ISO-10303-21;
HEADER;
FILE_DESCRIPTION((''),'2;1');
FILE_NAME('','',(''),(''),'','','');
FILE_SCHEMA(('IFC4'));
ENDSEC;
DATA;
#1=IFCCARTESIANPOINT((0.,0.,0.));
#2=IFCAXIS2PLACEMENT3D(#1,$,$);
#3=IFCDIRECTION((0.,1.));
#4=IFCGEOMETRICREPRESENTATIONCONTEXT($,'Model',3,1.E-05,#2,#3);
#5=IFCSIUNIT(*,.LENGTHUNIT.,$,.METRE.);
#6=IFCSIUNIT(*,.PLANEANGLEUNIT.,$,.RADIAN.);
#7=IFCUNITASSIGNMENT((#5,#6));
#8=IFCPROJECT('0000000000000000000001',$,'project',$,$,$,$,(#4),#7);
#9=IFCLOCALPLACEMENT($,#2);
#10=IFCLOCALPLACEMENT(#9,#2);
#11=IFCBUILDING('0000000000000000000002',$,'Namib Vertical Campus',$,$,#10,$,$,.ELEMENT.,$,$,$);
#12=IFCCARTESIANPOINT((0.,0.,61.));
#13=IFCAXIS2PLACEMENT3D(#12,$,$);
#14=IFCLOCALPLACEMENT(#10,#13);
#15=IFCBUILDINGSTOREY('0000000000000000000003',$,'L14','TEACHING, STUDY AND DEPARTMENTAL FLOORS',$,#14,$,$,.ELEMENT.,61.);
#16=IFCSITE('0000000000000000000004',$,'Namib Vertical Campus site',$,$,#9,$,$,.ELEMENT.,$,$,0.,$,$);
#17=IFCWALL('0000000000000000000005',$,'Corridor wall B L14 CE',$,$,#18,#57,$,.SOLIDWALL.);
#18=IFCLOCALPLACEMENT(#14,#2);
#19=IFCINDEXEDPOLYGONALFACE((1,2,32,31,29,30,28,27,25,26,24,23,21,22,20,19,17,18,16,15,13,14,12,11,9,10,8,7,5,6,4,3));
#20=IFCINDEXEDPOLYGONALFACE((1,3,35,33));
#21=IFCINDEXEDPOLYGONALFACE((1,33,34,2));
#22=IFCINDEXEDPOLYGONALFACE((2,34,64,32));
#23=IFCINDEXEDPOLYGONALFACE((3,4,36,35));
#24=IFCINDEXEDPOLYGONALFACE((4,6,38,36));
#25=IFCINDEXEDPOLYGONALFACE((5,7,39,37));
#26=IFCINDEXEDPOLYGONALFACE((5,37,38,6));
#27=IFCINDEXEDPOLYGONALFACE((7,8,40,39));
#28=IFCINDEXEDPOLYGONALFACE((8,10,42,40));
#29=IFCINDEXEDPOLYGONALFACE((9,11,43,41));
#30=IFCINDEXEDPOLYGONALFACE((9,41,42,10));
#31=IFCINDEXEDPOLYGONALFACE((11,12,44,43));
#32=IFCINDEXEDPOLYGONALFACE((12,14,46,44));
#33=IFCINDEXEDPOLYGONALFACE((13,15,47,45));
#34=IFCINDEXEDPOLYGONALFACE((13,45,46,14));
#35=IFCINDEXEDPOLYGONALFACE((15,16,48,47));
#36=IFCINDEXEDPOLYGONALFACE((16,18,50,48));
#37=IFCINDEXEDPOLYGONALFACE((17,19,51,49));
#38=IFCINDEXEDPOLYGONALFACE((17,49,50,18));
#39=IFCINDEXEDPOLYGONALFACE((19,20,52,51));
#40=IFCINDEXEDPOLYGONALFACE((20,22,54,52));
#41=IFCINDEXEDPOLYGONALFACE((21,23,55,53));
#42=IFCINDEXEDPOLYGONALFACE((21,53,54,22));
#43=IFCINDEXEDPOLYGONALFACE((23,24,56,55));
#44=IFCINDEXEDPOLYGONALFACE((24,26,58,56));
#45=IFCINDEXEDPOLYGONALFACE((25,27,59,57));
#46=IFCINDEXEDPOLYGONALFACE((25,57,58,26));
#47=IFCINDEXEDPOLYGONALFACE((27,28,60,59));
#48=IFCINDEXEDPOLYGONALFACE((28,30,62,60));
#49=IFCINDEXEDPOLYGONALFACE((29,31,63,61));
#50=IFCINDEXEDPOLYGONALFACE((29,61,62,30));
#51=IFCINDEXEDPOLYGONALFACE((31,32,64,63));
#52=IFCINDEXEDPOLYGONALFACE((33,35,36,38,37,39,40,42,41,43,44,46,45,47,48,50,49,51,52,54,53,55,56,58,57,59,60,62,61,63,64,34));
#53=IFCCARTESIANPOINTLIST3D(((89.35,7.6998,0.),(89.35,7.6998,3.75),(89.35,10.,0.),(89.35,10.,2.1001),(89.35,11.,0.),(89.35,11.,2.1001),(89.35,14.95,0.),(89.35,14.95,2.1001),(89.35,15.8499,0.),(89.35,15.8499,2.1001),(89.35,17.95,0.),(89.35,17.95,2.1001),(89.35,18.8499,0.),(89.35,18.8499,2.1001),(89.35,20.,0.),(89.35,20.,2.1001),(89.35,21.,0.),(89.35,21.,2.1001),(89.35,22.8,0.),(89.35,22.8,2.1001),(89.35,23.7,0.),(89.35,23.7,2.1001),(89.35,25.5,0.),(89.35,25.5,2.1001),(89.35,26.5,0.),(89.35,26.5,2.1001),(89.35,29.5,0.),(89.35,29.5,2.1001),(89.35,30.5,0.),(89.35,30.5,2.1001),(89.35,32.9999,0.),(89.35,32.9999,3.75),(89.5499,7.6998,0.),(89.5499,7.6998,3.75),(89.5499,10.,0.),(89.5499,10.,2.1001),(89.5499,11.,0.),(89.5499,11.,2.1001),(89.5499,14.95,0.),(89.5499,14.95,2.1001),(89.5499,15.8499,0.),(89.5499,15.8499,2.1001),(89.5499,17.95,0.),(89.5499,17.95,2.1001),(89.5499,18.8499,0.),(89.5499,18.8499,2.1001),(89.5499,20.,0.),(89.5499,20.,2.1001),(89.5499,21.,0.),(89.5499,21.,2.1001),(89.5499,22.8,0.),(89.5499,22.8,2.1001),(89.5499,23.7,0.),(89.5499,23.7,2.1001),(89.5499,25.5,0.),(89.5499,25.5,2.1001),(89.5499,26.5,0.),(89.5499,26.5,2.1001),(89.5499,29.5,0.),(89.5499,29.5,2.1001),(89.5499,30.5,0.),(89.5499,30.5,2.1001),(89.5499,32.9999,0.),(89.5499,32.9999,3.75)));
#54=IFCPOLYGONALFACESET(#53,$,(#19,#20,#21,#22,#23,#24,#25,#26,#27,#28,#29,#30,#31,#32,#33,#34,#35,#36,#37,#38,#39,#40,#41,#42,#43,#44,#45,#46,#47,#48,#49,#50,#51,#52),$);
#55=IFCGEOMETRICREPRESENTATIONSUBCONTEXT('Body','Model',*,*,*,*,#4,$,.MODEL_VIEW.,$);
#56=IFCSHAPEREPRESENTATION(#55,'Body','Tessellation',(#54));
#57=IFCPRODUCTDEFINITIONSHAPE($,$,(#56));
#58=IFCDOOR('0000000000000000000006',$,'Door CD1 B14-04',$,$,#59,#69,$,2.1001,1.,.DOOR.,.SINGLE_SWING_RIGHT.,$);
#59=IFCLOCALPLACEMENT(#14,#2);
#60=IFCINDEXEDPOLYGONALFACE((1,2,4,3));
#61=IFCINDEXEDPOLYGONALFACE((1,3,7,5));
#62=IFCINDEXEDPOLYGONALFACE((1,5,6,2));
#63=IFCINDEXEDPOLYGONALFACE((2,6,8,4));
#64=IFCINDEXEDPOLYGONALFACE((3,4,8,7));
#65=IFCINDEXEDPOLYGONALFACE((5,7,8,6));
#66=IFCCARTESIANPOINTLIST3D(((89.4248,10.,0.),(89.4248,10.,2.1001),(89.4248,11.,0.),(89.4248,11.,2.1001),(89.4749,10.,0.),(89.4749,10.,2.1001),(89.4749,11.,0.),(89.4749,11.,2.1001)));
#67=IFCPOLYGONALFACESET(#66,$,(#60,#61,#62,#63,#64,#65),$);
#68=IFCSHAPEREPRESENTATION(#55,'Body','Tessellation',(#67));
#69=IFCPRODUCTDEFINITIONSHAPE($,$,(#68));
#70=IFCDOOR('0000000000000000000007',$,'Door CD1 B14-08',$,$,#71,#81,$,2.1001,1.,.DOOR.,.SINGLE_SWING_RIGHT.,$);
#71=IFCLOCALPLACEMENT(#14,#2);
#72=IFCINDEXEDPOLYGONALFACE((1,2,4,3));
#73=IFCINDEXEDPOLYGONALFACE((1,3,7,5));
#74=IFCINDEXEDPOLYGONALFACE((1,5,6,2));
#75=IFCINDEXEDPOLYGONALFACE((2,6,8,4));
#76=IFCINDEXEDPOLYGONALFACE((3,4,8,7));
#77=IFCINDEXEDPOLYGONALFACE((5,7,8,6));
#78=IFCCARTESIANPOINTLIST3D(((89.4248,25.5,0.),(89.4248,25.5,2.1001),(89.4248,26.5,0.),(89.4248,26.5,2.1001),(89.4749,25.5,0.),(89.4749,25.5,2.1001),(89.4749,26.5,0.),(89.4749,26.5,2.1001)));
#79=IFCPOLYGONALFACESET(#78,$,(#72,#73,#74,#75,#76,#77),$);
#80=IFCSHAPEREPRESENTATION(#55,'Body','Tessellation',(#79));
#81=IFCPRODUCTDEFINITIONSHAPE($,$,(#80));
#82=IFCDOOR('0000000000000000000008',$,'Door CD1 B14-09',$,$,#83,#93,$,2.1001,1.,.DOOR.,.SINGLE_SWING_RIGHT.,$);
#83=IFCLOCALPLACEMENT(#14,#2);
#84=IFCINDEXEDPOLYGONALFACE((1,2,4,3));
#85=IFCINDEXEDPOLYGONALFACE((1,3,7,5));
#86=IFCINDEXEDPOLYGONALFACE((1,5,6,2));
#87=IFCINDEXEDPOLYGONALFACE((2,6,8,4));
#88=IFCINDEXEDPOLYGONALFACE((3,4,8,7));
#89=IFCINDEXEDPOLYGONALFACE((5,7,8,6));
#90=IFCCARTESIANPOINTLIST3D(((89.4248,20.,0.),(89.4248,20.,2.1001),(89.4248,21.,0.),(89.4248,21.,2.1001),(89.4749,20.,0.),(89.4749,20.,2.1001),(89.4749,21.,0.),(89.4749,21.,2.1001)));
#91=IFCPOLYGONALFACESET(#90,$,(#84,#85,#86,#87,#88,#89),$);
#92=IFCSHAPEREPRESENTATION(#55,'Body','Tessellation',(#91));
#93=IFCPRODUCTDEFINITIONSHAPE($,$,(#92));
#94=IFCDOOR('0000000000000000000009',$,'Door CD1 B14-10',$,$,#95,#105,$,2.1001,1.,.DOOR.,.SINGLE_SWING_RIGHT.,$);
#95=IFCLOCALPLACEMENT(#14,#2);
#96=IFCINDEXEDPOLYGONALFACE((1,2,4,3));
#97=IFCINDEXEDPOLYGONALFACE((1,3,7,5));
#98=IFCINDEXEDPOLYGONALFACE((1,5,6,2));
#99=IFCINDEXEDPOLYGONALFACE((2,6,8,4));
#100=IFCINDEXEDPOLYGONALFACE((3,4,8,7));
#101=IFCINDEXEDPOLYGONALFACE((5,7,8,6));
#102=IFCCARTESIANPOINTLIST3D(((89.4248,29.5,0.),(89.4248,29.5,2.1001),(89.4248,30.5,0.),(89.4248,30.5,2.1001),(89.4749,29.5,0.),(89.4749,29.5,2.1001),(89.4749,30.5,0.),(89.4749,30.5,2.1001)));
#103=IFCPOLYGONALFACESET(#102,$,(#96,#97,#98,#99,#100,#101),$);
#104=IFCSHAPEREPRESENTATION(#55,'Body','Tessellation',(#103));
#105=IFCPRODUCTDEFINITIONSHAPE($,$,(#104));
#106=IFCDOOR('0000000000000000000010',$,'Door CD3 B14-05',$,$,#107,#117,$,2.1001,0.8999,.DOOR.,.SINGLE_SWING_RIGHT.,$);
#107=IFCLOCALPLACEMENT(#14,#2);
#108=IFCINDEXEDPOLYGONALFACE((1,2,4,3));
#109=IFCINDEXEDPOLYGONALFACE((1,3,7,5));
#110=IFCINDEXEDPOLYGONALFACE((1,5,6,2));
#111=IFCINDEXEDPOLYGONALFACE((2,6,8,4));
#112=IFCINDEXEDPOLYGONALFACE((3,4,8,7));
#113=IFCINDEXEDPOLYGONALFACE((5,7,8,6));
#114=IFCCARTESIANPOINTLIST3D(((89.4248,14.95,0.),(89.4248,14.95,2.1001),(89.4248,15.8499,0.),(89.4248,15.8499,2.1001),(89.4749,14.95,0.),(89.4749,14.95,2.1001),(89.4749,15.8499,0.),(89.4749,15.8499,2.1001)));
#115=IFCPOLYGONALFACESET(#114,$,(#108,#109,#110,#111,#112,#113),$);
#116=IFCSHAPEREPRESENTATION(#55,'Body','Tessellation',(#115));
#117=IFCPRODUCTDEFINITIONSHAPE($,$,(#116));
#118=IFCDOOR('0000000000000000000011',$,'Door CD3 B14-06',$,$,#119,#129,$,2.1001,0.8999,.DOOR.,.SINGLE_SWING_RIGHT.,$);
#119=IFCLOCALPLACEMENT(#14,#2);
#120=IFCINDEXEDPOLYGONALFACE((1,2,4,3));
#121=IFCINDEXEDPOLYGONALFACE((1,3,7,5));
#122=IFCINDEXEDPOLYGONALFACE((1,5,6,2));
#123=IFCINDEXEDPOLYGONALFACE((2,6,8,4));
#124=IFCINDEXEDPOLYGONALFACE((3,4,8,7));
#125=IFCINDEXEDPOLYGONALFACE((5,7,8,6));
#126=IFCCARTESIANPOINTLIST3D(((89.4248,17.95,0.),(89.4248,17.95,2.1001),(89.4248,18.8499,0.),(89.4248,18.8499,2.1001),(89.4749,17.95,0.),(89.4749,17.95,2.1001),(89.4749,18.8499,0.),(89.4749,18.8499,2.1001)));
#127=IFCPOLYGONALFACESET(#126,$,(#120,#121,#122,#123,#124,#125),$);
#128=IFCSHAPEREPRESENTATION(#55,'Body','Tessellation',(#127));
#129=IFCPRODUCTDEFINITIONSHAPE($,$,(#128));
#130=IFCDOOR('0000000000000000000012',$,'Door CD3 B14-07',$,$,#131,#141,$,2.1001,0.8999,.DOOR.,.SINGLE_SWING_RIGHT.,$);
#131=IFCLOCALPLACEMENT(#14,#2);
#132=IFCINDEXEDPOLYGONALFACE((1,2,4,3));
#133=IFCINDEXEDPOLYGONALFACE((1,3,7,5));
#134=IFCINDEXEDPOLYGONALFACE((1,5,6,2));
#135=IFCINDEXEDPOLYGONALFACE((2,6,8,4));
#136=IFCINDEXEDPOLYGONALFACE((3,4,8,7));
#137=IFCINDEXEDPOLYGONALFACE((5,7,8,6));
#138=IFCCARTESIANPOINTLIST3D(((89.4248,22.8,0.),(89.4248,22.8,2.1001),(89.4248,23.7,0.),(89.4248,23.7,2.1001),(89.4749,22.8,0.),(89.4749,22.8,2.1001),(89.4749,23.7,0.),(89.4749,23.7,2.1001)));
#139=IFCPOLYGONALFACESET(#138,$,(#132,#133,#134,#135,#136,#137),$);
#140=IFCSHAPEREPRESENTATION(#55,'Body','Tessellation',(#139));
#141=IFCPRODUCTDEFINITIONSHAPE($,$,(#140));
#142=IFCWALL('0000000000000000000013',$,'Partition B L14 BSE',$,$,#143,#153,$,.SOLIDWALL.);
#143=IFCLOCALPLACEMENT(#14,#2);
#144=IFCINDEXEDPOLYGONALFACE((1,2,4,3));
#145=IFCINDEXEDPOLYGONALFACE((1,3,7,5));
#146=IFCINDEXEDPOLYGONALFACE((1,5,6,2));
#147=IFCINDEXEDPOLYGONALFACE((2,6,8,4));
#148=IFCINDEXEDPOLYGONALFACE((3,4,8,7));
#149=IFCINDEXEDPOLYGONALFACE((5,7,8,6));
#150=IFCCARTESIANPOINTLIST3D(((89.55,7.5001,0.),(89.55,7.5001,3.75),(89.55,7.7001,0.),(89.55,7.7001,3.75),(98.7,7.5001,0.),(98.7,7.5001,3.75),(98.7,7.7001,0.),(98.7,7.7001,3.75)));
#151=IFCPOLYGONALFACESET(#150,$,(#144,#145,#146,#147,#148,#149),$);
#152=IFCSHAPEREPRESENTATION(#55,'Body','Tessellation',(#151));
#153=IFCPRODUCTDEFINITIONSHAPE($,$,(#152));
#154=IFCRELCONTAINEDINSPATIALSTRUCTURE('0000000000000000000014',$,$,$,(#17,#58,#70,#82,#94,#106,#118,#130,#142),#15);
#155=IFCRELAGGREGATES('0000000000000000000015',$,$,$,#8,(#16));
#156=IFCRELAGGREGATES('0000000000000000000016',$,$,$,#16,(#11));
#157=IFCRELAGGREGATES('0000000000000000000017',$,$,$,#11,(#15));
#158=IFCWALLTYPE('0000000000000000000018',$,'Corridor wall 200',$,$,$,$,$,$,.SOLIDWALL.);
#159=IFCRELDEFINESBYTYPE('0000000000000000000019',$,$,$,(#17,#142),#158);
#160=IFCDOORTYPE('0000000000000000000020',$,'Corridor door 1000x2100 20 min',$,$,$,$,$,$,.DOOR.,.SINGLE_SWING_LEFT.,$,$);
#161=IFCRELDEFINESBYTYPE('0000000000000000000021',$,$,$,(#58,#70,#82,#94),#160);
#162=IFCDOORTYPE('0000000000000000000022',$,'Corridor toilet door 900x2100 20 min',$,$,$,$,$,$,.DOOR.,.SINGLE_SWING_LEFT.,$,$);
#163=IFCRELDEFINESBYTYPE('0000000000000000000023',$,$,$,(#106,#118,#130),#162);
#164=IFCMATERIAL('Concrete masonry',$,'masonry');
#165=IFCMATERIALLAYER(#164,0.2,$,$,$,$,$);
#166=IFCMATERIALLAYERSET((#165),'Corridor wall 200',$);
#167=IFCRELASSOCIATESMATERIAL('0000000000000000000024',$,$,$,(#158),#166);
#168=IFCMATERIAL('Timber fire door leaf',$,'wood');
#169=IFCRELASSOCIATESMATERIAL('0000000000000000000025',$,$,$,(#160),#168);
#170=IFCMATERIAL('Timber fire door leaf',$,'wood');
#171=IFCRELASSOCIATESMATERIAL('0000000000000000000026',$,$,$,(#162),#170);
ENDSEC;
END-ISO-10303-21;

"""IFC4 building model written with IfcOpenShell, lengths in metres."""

from ifc_helpers import new_model, si_unit, direction, frame, frame_2d, origin, place, context, subcontext, project, spatial, rectangle, extrude, material, layer, layer_set, type_object, element, fill, save


model = new_model("IFC4")

# Units and contexts
model_context = context("Model", 3, precision=1e-05, world=origin(), true_north=direction((0.0, 1.0)))
body_context = subcontext(model_context, "Body", "Model", "MODEL_VIEW")
ifc_project = project(units=[si_unit("LENGTHUNIT", "METRE"), si_unit("PLANEANGLEUNIT", "RADIAN")], contexts=[model_context])

# Site, building, storey
site_placement = place(None, origin())
site = spatial("IfcSite", under=ifc_project, at=site_placement, Name="Namib Vertical Campus site", CompositionType="ELEMENT", RefElevation=0.0)
building_placement = place(site_placement, origin())
building = spatial("IfcBuilding", under=site, at=building_placement, Name="Namib Vertical Campus", CompositionType="ELEMENT")
storey_placement = place(building_placement, frame((0.0, 0.0, 61.0)))
storey = spatial("IfcBuildingStorey", under=building, at=storey_placement, Name="L14", Description="TEACHING, STUDY AND DEPARTMENTAL FLOORS", CompositionType="ELEMENT", Elevation=61.0)

# Wall, openings, doors
ifc_material_1 = material(Name="Concrete masonry", Category="masonry")
ifc_layer_1 = layer(ifc_material_1, 0.2)
ifc_layer_set_1 = layer_set([ifc_layer_1], Name="Corridor wall 200")
wall_type_1 = type_object("IfcWallType", Name="Corridor wall 200", PredefinedType="SOLIDWALL", material=ifc_layer_set_1)
wall_1_placement = place(storey_placement, frame((89.45, 7.7, 0.0), z_axis=(0.0, 0.0, 1.0), x_axis=(0.0, 1.0, 0.0)))
wall_1 = element("IfcWall", 1, at=wall_1_placement, inside=storey, type_object=wall_type_1, Name="Corridor wall B L14 CE", PredefinedType="SOLIDWALL", context=body_context, shape_type="SweptSolid", body=[
    extrude(rectangle(XDim=25.3, YDim=0.2, at=frame_2d((12.6499, 0.0))), origin(), (0.0, 0.0, 1.0), 3.75),
])
opening_1_placement = place(wall_1_placement, frame((2.3, 0.0, 0.0)))
opening_1 = element("IfcOpeningElement", 2, at=opening_1_placement, cuts=wall_1, PredefinedType="OPENING", context=body_context, shape_type="SweptSolid", body=[
    extrude(rectangle(XDim=1.0, YDim=2.1001, at=frame_2d((0.5, 1.05))), frame((0.0, 0.1099, 0.0), z_axis=(0.0, -1.0, 0.0), x_axis=(1.0, 0.0, 0.0)), (0.0, 0.0, 1.0), 0.22),
])
opening_2_placement = place(wall_1_placement, frame((7.25, 0.0, 0.0)))
opening_2 = element("IfcOpeningElement", 3, at=opening_2_placement, cuts=wall_1, PredefinedType="OPENING", context=body_context, shape_type="SweptSolid", body=[
    extrude(rectangle(XDim=0.8999, YDim=2.1001, at=frame_2d((0.45, 1.05))), frame((0.0, 0.1099, 0.0), z_axis=(0.0, -1.0, 0.0), x_axis=(1.0, 0.0, 0.0)), (0.0, 0.0, 1.0), 0.22),
])
opening_3_placement = place(wall_1_placement, frame((10.25, 0.0, 0.0)))
opening_3 = element("IfcOpeningElement", 4, at=opening_3_placement, cuts=wall_1, PredefinedType="OPENING", context=body_context, shape_type="SweptSolid", body=[
    extrude(rectangle(XDim=0.8999, YDim=2.1001, at=frame_2d((0.45, 1.05))), frame((0.0, 0.1099, 0.0), z_axis=(0.0, -1.0, 0.0), x_axis=(1.0, 0.0, 0.0)), (0.0, 0.0, 1.0), 0.22),
])
opening_4_placement = place(wall_1_placement, frame((15.1001, 0.0, 0.0)))
opening_4 = element("IfcOpeningElement", 5, at=opening_4_placement, cuts=wall_1, PredefinedType="OPENING", context=body_context, shape_type="SweptSolid", body=[
    extrude(rectangle(XDim=0.8999, YDim=2.1001, at=frame_2d((0.45, 1.05))), frame((0.0, 0.1099, 0.0), z_axis=(0.0, -1.0, 0.0), x_axis=(1.0, 0.0, 0.0)), (0.0, 0.0, 1.0), 0.22),
])
opening_5_placement = place(wall_1_placement, frame((17.8, 0.0, 0.0)))
opening_5 = element("IfcOpeningElement", 6, at=opening_5_placement, cuts=wall_1, PredefinedType="OPENING", context=body_context, shape_type="SweptSolid", body=[
    extrude(rectangle(XDim=1.0, YDim=2.1001, at=frame_2d((0.5, 1.05))), frame((0.0, 0.1099, 0.0), z_axis=(0.0, -1.0, 0.0), x_axis=(1.0, 0.0, 0.0)), (0.0, 0.0, 1.0), 0.22),
])
opening_6_placement = place(wall_1_placement, frame((12.3, 0.0, 0.0)))
opening_6 = element("IfcOpeningElement", 7, at=opening_6_placement, cuts=wall_1, PredefinedType="OPENING", context=body_context, shape_type="SweptSolid", body=[
    extrude(rectangle(XDim=1.0, YDim=2.1001, at=frame_2d((0.5, 1.05))), frame((0.0, 0.1099, 0.0), z_axis=(0.0, -1.0, 0.0), x_axis=(1.0, 0.0, 0.0)), (0.0, 0.0, 1.0), 0.22),
])
opening_7_placement = place(wall_1_placement, frame((21.8, 0.0, 0.0)))
opening_7 = element("IfcOpeningElement", 8, at=opening_7_placement, cuts=wall_1, PredefinedType="OPENING", context=body_context, shape_type="SweptSolid", body=[
    extrude(rectangle(XDim=1.0, YDim=2.1001, at=frame_2d((0.5, 1.05))), frame((0.0, 0.1099, 0.0), z_axis=(0.0, -1.0, 0.0), x_axis=(1.0, 0.0, 0.0)), (0.0, 0.0, 1.0), 0.22),
])
ifc_material_2 = material(Name="Timber fire door leaf", Category="wood")
door_type_1 = type_object("IfcDoorType", Name="Corridor door 1000x2100 20 min", OperationType="SINGLE_SWING_LEFT", PredefinedType="DOOR", material=ifc_material_2)
door_1_placement = place(opening_1_placement, frame((1.0, 0.0, 0.0), z_axis=(0.0, 0.0, 1.0), x_axis=(-1.0, 0.0, 0.0)))
door_1 = element("IfcDoor", 9, at=door_1_placement, inside=storey, type_object=door_type_1, Name="Door CD1 B14-04", OperationType="SINGLE_SWING_RIGHT", OverallHeight=2.1001, OverallWidth=1.0, PredefinedType="DOOR", context=body_context, shape_type="SweptSolid", body=[
    extrude(rectangle(XDim=1.0, YDim=2.1001, at=frame_2d((0.5, 1.05))), frame((0.0, 0.0249, 0.0), z_axis=(0.0, -1.0, 0.0), x_axis=(1.0, 0.0, 0.0)), (0.0, 0.0, 1.0), 0.05),
])
fill(opening_1, door_1)
door_2_placement = place(opening_5_placement, frame((1.0, 0.0, 0.0), z_axis=(0.0, 0.0, 1.0), x_axis=(-1.0, 0.0, 0.0)))
door_2 = element("IfcDoor", 10, at=door_2_placement, inside=storey, type_object=door_type_1, Name="Door CD1 B14-08", OperationType="SINGLE_SWING_RIGHT", OverallHeight=2.1001, OverallWidth=1.0, PredefinedType="DOOR", context=body_context, shape_type="SweptSolid", body=[
    extrude(rectangle(XDim=1.0, YDim=2.1001, at=frame_2d((0.5, 1.05))), frame((0.0, 0.0249, 0.0), z_axis=(0.0, -1.0, 0.0), x_axis=(1.0, 0.0, 0.0)), (0.0, 0.0, 1.0), 0.05),
])
fill(opening_5, door_2)
door_3_placement = place(opening_6_placement, frame((1.0, 0.0, 0.0), z_axis=(0.0, 0.0, 1.0), x_axis=(-1.0, 0.0, 0.0)))
door_3 = element("IfcDoor", 11, at=door_3_placement, inside=storey, type_object=door_type_1, Name="Door CD1 B14-09", OperationType="SINGLE_SWING_RIGHT", OverallHeight=2.1001, OverallWidth=1.0, PredefinedType="DOOR", context=body_context, shape_type="SweptSolid", body=[
    extrude(rectangle(XDim=1.0, YDim=2.1001, at=frame_2d((0.5, 1.05))), frame((0.0, 0.0249, 0.0), z_axis=(0.0, -1.0, 0.0), x_axis=(1.0, 0.0, 0.0)), (0.0, 0.0, 1.0), 0.05),
])
fill(opening_6, door_3)
door_4_placement = place(opening_7_placement, frame((1.0, 0.0, 0.0), z_axis=(0.0, 0.0, 1.0), x_axis=(-1.0, 0.0, 0.0)))
door_4 = element("IfcDoor", 12, at=door_4_placement, inside=storey, type_object=door_type_1, Name="Door CD1 B14-10", OperationType="SINGLE_SWING_RIGHT", OverallHeight=2.1001, OverallWidth=1.0, PredefinedType="DOOR", context=body_context, shape_type="SweptSolid", body=[
    extrude(rectangle(XDim=1.0, YDim=2.1001, at=frame_2d((0.5, 1.05))), frame((0.0, 0.0249, 0.0), z_axis=(0.0, -1.0, 0.0), x_axis=(1.0, 0.0, 0.0)), (0.0, 0.0, 1.0), 0.05),
])
fill(opening_7, door_4)
ifc_material_3 = material(Name="Timber fire door leaf", Category="wood")
door_type_2 = type_object("IfcDoorType", Name="Corridor toilet door 900x2100 20 min", OperationType="SINGLE_SWING_LEFT", PredefinedType="DOOR", material=ifc_material_3)
door_5_placement = place(opening_2_placement, frame((0.8999, 0.0, 0.0), z_axis=(0.0, 0.0, 1.0), x_axis=(-1.0, 0.0, 0.0)))
door_5 = element("IfcDoor", 13, at=door_5_placement, inside=storey, type_object=door_type_2, Name="Door CD3 B14-05", OperationType="SINGLE_SWING_RIGHT", OverallHeight=2.1001, OverallWidth=0.8999, PredefinedType="DOOR", context=body_context, shape_type="SweptSolid", body=[
    extrude(rectangle(XDim=0.8999, YDim=2.1001, at=frame_2d((0.45, 1.05))), frame((0.0, 0.0249, 0.0), z_axis=(0.0, -1.0, 0.0), x_axis=(1.0, 0.0, 0.0)), (0.0, 0.0, 1.0), 0.05),
])
fill(opening_2, door_5)
door_6_placement = place(opening_3_placement, frame((0.8999, 0.0, 0.0), z_axis=(0.0, 0.0, 1.0), x_axis=(-1.0, 0.0, 0.0)))
door_6 = element("IfcDoor", 14, at=door_6_placement, inside=storey, type_object=door_type_2, Name="Door CD3 B14-06", OperationType="SINGLE_SWING_RIGHT", OverallHeight=2.1001, OverallWidth=0.8999, PredefinedType="DOOR", context=body_context, shape_type="SweptSolid", body=[
    extrude(rectangle(XDim=0.8999, YDim=2.1001, at=frame_2d((0.45, 1.05))), frame((0.0, 0.0249, 0.0), z_axis=(0.0, -1.0, 0.0), x_axis=(1.0, 0.0, 0.0)), (0.0, 0.0, 1.0), 0.05),
])
fill(opening_3, door_6)
door_7_placement = place(opening_4_placement, frame((0.8999, 0.0, 0.0), z_axis=(0.0, 0.0, 1.0), x_axis=(-1.0, 0.0, 0.0)))
door_7 = element("IfcDoor", 15, at=door_7_placement, inside=storey, type_object=door_type_2, Name="Door CD3 B14-07", OperationType="SINGLE_SWING_RIGHT", OverallHeight=2.1001, OverallWidth=0.8999, PredefinedType="DOOR", context=body_context, shape_type="SweptSolid", body=[
    extrude(rectangle(XDim=0.8999, YDim=2.1001, at=frame_2d((0.45, 1.05))), frame((0.0, 0.0249, 0.0), z_axis=(0.0, -1.0, 0.0), x_axis=(1.0, 0.0, 0.0)), (0.0, 0.0, 1.0), 0.05),
])
fill(opening_4, door_7)

# Wall
wall_2_placement = place(storey_placement, frame((89.55, 7.6001, 0.0), z_axis=(0.0, 0.0, 1.0), x_axis=(1.0, 0.0, 0.0)))
element("IfcWall", 16, at=wall_2_placement, inside=storey, type_object=wall_type_1, Name="Partition B L14 BSE", PredefinedType="SOLIDWALL", context=body_context, shape_type="SweptSolid", body=[
    extrude(rectangle(XDim=9.1499, YDim=0.2, at=frame_2d((4.575, 0.0))), origin(), (0.0, 0.0, 1.0), 3.75),
])

save(model, "model.ifc")
